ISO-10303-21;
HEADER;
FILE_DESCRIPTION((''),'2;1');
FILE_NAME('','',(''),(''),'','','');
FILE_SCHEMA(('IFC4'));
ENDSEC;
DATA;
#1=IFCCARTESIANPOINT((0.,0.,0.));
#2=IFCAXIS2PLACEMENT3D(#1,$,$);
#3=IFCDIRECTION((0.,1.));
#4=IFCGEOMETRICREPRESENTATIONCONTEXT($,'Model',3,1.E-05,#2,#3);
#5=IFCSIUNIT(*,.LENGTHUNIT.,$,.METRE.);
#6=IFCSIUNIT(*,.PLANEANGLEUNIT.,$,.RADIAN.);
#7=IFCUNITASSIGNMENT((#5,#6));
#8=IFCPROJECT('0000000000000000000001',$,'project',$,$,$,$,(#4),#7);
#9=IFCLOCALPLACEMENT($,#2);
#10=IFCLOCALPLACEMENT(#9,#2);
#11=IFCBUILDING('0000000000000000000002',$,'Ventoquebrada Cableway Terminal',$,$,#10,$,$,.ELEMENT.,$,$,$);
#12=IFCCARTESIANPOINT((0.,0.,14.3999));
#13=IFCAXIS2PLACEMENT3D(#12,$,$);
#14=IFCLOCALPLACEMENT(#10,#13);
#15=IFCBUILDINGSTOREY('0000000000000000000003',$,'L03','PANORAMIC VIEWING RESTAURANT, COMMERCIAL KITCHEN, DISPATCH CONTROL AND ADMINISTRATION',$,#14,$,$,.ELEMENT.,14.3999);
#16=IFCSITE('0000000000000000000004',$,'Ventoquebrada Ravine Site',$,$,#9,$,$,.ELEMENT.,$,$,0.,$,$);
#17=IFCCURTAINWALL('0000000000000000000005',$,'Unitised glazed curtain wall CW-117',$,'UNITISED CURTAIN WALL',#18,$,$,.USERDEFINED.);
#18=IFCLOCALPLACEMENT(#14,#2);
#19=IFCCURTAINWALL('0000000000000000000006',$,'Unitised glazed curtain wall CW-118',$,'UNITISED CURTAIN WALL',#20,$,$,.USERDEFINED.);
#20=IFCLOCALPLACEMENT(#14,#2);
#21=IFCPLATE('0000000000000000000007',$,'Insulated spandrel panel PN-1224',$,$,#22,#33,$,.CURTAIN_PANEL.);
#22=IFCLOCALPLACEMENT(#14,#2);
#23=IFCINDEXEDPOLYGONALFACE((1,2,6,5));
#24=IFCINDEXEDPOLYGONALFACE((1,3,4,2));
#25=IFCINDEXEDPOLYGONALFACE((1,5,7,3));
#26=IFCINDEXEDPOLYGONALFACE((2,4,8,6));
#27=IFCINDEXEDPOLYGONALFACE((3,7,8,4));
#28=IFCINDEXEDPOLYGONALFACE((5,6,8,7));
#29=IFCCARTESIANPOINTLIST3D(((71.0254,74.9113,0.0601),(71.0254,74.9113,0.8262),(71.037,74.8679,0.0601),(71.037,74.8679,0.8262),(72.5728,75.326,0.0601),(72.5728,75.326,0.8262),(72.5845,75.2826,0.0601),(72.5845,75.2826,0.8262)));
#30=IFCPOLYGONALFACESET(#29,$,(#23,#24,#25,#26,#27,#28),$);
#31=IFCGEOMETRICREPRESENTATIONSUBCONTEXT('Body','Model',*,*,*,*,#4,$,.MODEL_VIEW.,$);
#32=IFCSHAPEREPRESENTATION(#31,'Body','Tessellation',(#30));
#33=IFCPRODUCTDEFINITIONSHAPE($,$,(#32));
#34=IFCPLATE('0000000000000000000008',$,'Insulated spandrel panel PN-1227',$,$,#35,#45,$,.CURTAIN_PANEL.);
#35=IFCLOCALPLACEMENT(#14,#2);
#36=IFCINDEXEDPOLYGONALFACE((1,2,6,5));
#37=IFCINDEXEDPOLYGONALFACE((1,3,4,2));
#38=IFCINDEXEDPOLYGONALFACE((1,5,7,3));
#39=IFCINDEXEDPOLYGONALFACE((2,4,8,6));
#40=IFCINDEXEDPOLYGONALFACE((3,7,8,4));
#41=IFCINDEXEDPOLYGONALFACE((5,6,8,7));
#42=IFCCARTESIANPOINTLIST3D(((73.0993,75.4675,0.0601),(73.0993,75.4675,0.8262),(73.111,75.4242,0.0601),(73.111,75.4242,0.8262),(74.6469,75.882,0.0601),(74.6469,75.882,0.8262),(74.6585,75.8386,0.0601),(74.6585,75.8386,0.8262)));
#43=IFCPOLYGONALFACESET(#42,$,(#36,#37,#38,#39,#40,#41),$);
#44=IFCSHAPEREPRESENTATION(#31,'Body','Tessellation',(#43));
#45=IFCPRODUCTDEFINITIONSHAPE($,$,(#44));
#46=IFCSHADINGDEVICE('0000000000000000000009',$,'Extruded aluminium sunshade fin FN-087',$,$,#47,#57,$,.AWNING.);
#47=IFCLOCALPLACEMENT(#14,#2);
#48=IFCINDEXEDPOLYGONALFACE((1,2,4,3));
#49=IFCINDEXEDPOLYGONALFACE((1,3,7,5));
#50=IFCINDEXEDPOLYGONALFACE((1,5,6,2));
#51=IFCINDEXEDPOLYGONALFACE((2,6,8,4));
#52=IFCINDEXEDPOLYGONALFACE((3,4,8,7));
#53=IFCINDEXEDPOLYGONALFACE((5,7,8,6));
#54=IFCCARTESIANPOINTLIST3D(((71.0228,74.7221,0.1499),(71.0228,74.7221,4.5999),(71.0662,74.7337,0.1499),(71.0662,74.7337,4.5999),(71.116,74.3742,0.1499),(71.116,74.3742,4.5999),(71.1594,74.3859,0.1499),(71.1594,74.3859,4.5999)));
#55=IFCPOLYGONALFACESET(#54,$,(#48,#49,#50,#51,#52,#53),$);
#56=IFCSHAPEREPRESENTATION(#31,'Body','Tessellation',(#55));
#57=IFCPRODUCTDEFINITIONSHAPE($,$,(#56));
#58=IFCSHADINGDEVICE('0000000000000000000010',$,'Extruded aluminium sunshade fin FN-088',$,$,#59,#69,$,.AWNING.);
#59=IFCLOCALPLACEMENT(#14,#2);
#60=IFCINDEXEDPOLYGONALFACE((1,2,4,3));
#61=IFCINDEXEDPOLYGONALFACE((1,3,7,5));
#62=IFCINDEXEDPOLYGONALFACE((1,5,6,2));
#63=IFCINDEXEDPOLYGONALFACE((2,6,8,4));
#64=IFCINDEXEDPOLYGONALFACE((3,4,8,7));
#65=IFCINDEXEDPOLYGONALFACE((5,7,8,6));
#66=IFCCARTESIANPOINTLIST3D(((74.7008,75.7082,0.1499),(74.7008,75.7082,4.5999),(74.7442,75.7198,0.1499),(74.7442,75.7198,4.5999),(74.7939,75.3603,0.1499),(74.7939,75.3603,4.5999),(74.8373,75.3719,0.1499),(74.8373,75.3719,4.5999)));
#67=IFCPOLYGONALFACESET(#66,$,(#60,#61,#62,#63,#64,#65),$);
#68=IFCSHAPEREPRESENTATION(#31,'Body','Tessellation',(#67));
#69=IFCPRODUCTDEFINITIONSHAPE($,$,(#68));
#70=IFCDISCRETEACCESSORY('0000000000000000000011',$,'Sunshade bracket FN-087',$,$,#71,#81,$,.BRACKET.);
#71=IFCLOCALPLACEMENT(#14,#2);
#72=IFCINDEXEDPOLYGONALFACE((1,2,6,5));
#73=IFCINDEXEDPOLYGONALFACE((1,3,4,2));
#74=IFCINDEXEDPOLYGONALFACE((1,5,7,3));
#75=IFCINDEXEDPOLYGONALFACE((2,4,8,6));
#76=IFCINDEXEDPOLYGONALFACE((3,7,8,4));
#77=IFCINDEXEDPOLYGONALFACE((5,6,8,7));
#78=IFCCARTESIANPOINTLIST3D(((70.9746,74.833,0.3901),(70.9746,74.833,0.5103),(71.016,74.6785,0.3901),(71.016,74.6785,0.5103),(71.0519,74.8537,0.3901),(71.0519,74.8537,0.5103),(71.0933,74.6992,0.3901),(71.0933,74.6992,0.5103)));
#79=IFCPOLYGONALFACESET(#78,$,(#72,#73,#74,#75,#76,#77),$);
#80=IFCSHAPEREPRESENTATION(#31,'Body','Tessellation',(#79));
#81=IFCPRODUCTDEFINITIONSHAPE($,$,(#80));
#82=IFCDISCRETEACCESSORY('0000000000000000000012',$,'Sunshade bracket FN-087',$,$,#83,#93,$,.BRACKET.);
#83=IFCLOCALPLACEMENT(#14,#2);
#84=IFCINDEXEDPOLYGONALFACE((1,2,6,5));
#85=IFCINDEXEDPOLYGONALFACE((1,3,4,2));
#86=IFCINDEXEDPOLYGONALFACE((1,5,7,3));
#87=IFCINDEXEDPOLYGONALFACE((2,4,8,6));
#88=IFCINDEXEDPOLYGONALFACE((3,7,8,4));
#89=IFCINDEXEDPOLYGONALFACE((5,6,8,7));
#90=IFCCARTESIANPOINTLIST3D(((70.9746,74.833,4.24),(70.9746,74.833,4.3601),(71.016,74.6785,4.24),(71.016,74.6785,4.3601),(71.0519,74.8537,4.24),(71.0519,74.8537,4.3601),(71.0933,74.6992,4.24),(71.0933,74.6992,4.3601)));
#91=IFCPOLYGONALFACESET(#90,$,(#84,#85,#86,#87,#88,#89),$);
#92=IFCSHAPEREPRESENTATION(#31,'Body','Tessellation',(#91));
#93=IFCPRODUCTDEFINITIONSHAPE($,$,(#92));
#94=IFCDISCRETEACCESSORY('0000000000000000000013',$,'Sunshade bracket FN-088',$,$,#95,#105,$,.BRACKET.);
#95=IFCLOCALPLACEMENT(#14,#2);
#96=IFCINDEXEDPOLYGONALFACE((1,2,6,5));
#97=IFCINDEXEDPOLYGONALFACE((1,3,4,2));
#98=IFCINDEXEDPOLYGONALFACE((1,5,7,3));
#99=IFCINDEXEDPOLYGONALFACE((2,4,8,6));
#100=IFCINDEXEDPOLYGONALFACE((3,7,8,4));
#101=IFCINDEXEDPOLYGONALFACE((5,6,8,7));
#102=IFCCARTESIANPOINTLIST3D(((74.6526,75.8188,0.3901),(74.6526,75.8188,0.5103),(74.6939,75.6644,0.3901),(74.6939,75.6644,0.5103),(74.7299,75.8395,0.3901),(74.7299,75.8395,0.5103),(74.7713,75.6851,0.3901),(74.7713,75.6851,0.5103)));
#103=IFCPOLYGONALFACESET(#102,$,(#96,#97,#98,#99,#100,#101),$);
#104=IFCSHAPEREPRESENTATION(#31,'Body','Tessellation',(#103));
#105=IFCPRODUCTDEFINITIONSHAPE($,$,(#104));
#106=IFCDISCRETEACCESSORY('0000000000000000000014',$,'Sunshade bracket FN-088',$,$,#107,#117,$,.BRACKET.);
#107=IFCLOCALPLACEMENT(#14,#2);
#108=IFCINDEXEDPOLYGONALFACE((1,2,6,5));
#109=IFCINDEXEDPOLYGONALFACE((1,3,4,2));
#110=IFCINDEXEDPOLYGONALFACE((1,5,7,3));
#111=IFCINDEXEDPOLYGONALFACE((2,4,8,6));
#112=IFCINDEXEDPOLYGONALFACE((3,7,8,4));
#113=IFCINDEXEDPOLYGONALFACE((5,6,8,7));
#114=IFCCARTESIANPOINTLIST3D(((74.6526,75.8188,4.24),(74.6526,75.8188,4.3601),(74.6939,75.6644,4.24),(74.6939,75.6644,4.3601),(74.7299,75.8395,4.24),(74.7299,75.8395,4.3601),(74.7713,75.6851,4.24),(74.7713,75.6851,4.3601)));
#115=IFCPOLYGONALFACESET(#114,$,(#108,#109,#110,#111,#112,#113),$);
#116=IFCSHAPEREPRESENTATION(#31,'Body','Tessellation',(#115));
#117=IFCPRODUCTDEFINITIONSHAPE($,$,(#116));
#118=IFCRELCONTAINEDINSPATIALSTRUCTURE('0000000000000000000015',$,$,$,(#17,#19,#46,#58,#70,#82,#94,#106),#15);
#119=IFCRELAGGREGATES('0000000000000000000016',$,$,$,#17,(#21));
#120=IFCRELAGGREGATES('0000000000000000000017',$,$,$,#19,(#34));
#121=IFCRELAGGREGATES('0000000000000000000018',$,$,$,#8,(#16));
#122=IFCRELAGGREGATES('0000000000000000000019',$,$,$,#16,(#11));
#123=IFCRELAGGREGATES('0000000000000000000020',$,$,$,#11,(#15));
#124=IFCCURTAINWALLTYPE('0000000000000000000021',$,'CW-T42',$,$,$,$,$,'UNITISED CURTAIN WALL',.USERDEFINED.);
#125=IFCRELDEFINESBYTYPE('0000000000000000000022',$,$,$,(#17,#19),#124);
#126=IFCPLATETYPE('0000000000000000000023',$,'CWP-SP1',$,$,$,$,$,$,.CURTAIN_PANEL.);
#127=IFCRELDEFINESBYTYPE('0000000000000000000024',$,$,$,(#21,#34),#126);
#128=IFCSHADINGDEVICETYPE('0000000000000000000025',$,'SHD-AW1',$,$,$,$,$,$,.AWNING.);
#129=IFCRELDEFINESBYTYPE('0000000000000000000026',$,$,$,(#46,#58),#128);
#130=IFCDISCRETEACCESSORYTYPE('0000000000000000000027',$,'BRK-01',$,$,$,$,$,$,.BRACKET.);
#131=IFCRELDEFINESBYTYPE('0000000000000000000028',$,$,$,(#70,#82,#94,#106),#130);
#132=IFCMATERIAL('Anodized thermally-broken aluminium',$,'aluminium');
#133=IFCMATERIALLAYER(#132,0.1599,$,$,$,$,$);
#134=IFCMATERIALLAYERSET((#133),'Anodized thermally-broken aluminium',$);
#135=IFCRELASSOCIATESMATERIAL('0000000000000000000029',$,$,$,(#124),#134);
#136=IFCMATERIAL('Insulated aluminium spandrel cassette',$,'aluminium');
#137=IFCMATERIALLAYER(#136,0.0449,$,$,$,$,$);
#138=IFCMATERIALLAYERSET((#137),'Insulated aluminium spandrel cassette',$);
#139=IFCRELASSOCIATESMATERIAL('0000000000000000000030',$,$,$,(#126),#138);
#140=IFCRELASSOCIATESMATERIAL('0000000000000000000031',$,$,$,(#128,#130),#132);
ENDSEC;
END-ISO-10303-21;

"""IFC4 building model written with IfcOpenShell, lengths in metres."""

from ifc_helpers import new_model, si_unit, direction, frame, origin, origin_2d, place, context, subcontext, project, spatial, rectangle, extrude, material, layer, layer_set, type_object, element, aggregate, save


model = new_model("IFC4")

# Units and contexts
model_context = context("Model", 3, precision=1e-05, world=origin(), true_north=direction((0.0, 1.0)))
body_context = subcontext(model_context, "Body", "Model", "MODEL_VIEW")
ifc_project = project(units=[si_unit("LENGTHUNIT", "METRE"), si_unit("PLANEANGLEUNIT", "RADIAN")], contexts=[model_context])

# Site, building, storey
site_placement = place(None, origin())
site = spatial("IfcSite", under=ifc_project, at=site_placement, Name="Ventoquebrada Ravine Site", CompositionType="ELEMENT", RefElevation=0.0)
building_placement = place(site_placement, origin())
building = spatial("IfcBuilding", under=site, at=building_placement, Name="Ventoquebrada Cableway Terminal", CompositionType="ELEMENT")
storey_placement = place(building_placement, frame((0.0, 0.0, 14.3999)))
storey = spatial("IfcBuildingStorey", under=building, at=storey_placement, Name="L03", Description="PANORAMIC VIEWING RESTAURANT, COMMERCIAL KITCHEN, DISPATCH CONTROL AND ADMINISTRATION", CompositionType="ELEMENT", Elevation=14.3999)

# Curtain walls
ifc_material_1 = material(Name="Anodized thermally-broken aluminium", Category="aluminium")
ifc_layer_1 = layer(ifc_material_1, 0.1599)
ifc_layer_set_1 = layer_set([ifc_layer_1], Name="Anodized thermally-broken aluminium")
curtain_wall_type = type_object("IfcCurtainWallType", Name="CW-T42", ElementType="UNITISED CURTAIN WALL", PredefinedType="USERDEFINED", material=ifc_layer_set_1)
curtain_wall_1_placement = place(storey_placement, origin())
curtain_wall_1 = element("IfcCurtainWall", 1, at=curtain_wall_1_placement, inside=storey, type_object=curtain_wall_type, Name="Unitised glazed curtain wall CW-117", ObjectType="UNITISED CURTAIN WALL", PredefinedType="USERDEFINED")
curtain_wall_2_placement = place(storey_placement, origin())
curtain_wall_2 = element("IfcCurtainWall", 2, at=curtain_wall_2_placement, inside=storey, type_object=curtain_wall_type, Name="Unitised glazed curtain wall CW-118", ObjectType="UNITISED CURTAIN WALL", PredefinedType="USERDEFINED")

# Plates
ifc_material_2 = material(Name="Insulated aluminium spandrel cassette", Category="aluminium")
ifc_layer_2 = layer(ifc_material_2, 0.0449)
ifc_layer_set_2 = layer_set([ifc_layer_2], Name="Insulated aluminium spandrel cassette")
plate_type_1 = type_object("IfcPlateType", Name="CWP-SP1", PredefinedType="CURTAIN_PANEL", material=ifc_layer_set_2)
plate_1_placement = place(storey_placement, frame((71.8049, 75.0969, 0.0601), z_axis=(0.0, 0.0, 1.0), x_axis=(0.965921, 0.258836, 0.0)))
plate_1 = element("IfcPlate", 3, at=plate_1_placement, type_object=plate_type_1, Name="Insulated spandrel panel PN-1224", PredefinedType="CURTAIN_PANEL", context=body_context, shape_type="SweptSolid", body=[
    extrude(rectangle(XDim=1.6021, YDim=0.0449, at=origin_2d()), origin(), (0.0, 0.0, 1.0), 0.7661),
])
aggregate(curtain_wall_1, [plate_1])
plate_2_placement = place(storey_placement, frame((73.8789, 75.6531, 0.0601), z_axis=(0.0, 0.0, 1.0), x_axis=(0.965957, 0.258701, 0.0)))
plate_2 = element("IfcPlate", 4, at=plate_2_placement, type_object=plate_type_1, Name="Insulated spandrel panel PN-1227", PredefinedType="CURTAIN_PANEL", context=body_context, shape_type="SweptSolid", body=[
    extrude(rectangle(XDim=1.6021, YDim=0.0449, at=origin_2d()), origin(), (0.0, 0.0, 1.0), 0.7661),
])
aggregate(curtain_wall_2, [plate_2])

# Shading devices
shading_device_type = type_object("IfcShadingDeviceType", Name="SHD-AW1", PredefinedType="AWNING", material=ifc_material_1)
for number, where, z_axis, x_axis, name in (
    (5, (71.0911, 74.554, 0.1499), (0.0, 0.0, 1.0), (0.965921, 0.258836, 0.0), "Extruded aluminium sunshade fin FN-087"),
    (6, (74.769, 75.54, 0.1499), (0.0, 0.0, 1.0), (0.965957, 0.258701, 0.0), "Extruded aluminium sunshade fin FN-088"),
):
    element("IfcShadingDevice", number, at=place(storey_placement, frame(where, z_axis=z_axis, x_axis=x_axis)), inside=storey, type_object=shading_device_type, Name=name, PredefinedType="AWNING", context=body_context, shape_type="SweptSolid", body=[
        extrude(rectangle(XDim=0.0449, YDim=0.3601, at=origin_2d()), origin(), (0.0, 0.0, 1.0), 4.45),
    ])

# Discrete accessories
discrete_accessory_type = type_object("IfcDiscreteAccessoryType", Name="BRK-01", PredefinedType="BRACKET", material=ifc_material_1)
for number, where, z_axis, x_axis, name in (
    (7, (71.0339, 74.7661, 0.3901), (0.0, 0.0, 1.0), (0.965921, 0.258836, 0.0), "Sunshade bracket FN-087"),
    (8, (71.0339, 74.7661, 4.24), (0.0, 0.0, 1.0), (0.965921, 0.258836, 0.0), "Sunshade bracket FN-087"),
    (9, (74.7119, 75.752, 0.3901), (0.0, 0.0, 1.0), (0.965957, 0.258701, 0.0), "Sunshade bracket FN-088"),
    (10, (74.7119, 75.752, 4.24), (0.0, 0.0, 1.0), (0.965957, 0.258701, 0.0), "Sunshade bracket FN-088"),
):
    element("IfcDiscreteAccessory", number, at=place(storey_placement, frame(where, z_axis=z_axis, x_axis=x_axis)), inside=storey, type_object=discrete_accessory_type, Name=name, PredefinedType="BRACKET", context=body_context, shape_type="SweptSolid", body=[
        extrude(rectangle(XDim=0.0801, YDim=0.1599, at=origin_2d()), origin(), (0.0, 0.0, 1.0), 0.1201),
    ])

save(model, "model.ifc")
